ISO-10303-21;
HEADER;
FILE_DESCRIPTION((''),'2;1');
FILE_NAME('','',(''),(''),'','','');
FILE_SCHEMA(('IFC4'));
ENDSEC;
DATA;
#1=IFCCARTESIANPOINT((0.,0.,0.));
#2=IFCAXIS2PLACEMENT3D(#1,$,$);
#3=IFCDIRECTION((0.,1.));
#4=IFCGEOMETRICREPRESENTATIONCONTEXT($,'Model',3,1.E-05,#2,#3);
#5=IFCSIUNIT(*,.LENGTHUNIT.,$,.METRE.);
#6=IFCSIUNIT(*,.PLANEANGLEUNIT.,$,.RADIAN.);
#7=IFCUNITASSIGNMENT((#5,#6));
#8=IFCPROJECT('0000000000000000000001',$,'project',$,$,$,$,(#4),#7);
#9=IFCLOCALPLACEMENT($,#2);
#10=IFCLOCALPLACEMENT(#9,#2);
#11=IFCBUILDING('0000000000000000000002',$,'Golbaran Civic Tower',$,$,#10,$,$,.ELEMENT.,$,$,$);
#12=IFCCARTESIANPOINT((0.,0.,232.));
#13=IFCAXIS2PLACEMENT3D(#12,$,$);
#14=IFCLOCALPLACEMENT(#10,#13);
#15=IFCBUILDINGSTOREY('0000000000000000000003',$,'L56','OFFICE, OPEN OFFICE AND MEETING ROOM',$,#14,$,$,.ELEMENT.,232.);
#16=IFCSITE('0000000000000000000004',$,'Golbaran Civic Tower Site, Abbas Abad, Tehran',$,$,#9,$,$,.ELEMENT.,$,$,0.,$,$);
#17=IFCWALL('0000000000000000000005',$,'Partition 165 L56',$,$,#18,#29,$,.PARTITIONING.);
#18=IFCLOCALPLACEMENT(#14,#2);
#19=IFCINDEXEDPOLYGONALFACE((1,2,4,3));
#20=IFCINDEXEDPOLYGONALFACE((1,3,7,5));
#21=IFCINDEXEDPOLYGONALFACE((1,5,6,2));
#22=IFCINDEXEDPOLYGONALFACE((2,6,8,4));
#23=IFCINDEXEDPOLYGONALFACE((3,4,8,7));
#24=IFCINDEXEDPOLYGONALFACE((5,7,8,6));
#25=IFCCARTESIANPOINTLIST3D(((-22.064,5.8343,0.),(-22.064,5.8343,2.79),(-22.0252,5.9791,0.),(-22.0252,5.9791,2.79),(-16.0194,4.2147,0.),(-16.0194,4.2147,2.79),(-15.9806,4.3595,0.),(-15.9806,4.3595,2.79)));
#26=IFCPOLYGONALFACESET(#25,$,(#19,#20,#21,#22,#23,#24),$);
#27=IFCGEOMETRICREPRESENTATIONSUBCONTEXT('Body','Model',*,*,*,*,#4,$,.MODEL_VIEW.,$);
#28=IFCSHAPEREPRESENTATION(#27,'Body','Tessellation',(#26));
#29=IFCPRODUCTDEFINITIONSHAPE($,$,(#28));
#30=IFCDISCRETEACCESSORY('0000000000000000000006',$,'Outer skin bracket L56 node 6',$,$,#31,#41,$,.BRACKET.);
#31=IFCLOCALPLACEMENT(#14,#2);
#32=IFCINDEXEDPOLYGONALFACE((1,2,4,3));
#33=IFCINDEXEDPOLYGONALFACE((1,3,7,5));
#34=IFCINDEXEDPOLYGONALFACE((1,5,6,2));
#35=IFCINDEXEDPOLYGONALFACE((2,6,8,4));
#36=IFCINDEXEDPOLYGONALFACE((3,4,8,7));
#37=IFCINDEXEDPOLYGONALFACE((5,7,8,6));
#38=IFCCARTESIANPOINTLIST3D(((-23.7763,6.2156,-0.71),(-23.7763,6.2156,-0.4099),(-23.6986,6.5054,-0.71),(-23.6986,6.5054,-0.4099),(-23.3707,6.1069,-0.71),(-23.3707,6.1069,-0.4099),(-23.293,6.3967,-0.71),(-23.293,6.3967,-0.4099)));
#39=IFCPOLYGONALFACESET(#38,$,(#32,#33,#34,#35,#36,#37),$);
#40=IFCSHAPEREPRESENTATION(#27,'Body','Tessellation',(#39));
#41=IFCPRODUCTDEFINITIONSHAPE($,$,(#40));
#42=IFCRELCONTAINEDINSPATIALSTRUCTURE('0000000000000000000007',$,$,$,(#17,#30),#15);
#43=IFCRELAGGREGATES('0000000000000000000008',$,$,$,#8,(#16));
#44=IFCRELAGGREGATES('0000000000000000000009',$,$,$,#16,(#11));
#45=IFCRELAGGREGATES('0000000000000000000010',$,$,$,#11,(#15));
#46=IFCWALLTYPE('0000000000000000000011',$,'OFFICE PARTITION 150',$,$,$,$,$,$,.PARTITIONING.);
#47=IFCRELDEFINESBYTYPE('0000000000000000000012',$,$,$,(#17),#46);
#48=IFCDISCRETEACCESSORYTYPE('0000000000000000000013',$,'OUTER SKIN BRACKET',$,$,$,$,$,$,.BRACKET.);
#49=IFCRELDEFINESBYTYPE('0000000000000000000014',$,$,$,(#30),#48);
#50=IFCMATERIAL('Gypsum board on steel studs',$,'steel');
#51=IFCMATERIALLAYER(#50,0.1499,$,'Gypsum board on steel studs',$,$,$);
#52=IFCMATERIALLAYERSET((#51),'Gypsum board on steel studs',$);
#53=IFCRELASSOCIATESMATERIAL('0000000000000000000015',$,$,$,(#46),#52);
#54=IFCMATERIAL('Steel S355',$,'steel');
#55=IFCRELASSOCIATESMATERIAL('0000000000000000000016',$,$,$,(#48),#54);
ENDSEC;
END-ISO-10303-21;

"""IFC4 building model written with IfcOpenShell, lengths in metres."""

from ifc_helpers import new_model, si_unit, direction, frame, frame_2d, origin, origin_2d, place, context, subcontext, project, spatial, rectangle, extrude, material, layer, layer_set, type_object, element, save


model = new_model("IFC4")

# Units and contexts
model_context = context("Model", 3, precision=1e-05, world=origin(), true_north=direction((0.0, 1.0)))
body_context = subcontext(model_context, "Body", "Model", "MODEL_VIEW")
ifc_project = project(units=[si_unit("LENGTHUNIT", "METRE"), si_unit("PLANEANGLEUNIT", "RADIAN")], contexts=[model_context])

# Site, building, storey
site_placement = place(None, origin())
site = spatial("IfcSite", under=ifc_project, at=site_placement, Name="Golbaran Civic Tower Site, Abbas Abad, Tehran", CompositionType="ELEMENT", RefElevation=0.0)
building_placement = place(site_placement, origin())
building = spatial("IfcBuilding", under=site, at=building_placement, Name="Golbaran Civic Tower", CompositionType="ELEMENT")
storey_placement = place(building_placement, frame((0.0, 0.0, 232.0)))
storey = spatial("IfcBuildingStorey", under=building, at=storey_placement, Name="L56", Description="OFFICE, OPEN OFFICE AND MEETING ROOM", CompositionType="ELEMENT", Elevation=232.0)

# Shared definitions
ifc_material_1 = material(Name="Steel S355", Category="steel")

# Shared definitions
ifc_material_2 = material(Name="Gypsum board on steel studs", Category="steel")
ifc_layer_1 = layer(ifc_material_2, 0.1499, Name="Gypsum board on steel studs")
ifc_layer_set_1 = layer_set([ifc_layer_1], Name="Gypsum board on steel studs")
wall_type = type_object("IfcWallType", Name="OFFICE PARTITION 150", PredefinedType="PARTITIONING", material=ifc_layer_set_1)

# Wall
wall_1_placement = place(storey_placement, frame((-16.0, 4.2871, 0.0), z_axis=(0.0, 0.0, 1.0), x_axis=(-0.965927, 0.258813, 0.0)))
element("IfcWall", 1, at=wall_1_placement, inside=storey, type_object=wall_type, Name="Partition 165 L56", PredefinedType="PARTITIONING", context=body_context, shape_type="SweptSolid", body=[
    extrude(rectangle(XDim=6.2578, YDim=0.1499, at=frame_2d((3.1289, 0.0))), origin(), (0.0, 0.0, 1.0), 2.79),
])

# Discrete accessory
discrete_accessory_type = type_object("IfcDiscreteAccessoryType", Name="OUTER SKIN BRACKET", PredefinedType="BRACKET", material=ifc_material_1)
discrete_accessory_placement = place(storey_placement, frame((-23.5347, 6.3062, -0.71), z_axis=(0.0, 0.0, 1.0), x_axis=(-0.965926, 0.258819, 0.0)))
element("IfcDiscreteAccessory", 2, at=discrete_accessory_placement, inside=storey, type_object=discrete_accessory_type, Name="Outer skin bracket L56 node 6", PredefinedType="BRACKET", context=body_context, shape_type="SweptSolid", body=[
    extrude(rectangle(XDim=0.4199, YDim=0.3, at=origin_2d()), origin(), (0.0, 0.0, 1.0), 0.3),
])

save(model, "model.ifc")
